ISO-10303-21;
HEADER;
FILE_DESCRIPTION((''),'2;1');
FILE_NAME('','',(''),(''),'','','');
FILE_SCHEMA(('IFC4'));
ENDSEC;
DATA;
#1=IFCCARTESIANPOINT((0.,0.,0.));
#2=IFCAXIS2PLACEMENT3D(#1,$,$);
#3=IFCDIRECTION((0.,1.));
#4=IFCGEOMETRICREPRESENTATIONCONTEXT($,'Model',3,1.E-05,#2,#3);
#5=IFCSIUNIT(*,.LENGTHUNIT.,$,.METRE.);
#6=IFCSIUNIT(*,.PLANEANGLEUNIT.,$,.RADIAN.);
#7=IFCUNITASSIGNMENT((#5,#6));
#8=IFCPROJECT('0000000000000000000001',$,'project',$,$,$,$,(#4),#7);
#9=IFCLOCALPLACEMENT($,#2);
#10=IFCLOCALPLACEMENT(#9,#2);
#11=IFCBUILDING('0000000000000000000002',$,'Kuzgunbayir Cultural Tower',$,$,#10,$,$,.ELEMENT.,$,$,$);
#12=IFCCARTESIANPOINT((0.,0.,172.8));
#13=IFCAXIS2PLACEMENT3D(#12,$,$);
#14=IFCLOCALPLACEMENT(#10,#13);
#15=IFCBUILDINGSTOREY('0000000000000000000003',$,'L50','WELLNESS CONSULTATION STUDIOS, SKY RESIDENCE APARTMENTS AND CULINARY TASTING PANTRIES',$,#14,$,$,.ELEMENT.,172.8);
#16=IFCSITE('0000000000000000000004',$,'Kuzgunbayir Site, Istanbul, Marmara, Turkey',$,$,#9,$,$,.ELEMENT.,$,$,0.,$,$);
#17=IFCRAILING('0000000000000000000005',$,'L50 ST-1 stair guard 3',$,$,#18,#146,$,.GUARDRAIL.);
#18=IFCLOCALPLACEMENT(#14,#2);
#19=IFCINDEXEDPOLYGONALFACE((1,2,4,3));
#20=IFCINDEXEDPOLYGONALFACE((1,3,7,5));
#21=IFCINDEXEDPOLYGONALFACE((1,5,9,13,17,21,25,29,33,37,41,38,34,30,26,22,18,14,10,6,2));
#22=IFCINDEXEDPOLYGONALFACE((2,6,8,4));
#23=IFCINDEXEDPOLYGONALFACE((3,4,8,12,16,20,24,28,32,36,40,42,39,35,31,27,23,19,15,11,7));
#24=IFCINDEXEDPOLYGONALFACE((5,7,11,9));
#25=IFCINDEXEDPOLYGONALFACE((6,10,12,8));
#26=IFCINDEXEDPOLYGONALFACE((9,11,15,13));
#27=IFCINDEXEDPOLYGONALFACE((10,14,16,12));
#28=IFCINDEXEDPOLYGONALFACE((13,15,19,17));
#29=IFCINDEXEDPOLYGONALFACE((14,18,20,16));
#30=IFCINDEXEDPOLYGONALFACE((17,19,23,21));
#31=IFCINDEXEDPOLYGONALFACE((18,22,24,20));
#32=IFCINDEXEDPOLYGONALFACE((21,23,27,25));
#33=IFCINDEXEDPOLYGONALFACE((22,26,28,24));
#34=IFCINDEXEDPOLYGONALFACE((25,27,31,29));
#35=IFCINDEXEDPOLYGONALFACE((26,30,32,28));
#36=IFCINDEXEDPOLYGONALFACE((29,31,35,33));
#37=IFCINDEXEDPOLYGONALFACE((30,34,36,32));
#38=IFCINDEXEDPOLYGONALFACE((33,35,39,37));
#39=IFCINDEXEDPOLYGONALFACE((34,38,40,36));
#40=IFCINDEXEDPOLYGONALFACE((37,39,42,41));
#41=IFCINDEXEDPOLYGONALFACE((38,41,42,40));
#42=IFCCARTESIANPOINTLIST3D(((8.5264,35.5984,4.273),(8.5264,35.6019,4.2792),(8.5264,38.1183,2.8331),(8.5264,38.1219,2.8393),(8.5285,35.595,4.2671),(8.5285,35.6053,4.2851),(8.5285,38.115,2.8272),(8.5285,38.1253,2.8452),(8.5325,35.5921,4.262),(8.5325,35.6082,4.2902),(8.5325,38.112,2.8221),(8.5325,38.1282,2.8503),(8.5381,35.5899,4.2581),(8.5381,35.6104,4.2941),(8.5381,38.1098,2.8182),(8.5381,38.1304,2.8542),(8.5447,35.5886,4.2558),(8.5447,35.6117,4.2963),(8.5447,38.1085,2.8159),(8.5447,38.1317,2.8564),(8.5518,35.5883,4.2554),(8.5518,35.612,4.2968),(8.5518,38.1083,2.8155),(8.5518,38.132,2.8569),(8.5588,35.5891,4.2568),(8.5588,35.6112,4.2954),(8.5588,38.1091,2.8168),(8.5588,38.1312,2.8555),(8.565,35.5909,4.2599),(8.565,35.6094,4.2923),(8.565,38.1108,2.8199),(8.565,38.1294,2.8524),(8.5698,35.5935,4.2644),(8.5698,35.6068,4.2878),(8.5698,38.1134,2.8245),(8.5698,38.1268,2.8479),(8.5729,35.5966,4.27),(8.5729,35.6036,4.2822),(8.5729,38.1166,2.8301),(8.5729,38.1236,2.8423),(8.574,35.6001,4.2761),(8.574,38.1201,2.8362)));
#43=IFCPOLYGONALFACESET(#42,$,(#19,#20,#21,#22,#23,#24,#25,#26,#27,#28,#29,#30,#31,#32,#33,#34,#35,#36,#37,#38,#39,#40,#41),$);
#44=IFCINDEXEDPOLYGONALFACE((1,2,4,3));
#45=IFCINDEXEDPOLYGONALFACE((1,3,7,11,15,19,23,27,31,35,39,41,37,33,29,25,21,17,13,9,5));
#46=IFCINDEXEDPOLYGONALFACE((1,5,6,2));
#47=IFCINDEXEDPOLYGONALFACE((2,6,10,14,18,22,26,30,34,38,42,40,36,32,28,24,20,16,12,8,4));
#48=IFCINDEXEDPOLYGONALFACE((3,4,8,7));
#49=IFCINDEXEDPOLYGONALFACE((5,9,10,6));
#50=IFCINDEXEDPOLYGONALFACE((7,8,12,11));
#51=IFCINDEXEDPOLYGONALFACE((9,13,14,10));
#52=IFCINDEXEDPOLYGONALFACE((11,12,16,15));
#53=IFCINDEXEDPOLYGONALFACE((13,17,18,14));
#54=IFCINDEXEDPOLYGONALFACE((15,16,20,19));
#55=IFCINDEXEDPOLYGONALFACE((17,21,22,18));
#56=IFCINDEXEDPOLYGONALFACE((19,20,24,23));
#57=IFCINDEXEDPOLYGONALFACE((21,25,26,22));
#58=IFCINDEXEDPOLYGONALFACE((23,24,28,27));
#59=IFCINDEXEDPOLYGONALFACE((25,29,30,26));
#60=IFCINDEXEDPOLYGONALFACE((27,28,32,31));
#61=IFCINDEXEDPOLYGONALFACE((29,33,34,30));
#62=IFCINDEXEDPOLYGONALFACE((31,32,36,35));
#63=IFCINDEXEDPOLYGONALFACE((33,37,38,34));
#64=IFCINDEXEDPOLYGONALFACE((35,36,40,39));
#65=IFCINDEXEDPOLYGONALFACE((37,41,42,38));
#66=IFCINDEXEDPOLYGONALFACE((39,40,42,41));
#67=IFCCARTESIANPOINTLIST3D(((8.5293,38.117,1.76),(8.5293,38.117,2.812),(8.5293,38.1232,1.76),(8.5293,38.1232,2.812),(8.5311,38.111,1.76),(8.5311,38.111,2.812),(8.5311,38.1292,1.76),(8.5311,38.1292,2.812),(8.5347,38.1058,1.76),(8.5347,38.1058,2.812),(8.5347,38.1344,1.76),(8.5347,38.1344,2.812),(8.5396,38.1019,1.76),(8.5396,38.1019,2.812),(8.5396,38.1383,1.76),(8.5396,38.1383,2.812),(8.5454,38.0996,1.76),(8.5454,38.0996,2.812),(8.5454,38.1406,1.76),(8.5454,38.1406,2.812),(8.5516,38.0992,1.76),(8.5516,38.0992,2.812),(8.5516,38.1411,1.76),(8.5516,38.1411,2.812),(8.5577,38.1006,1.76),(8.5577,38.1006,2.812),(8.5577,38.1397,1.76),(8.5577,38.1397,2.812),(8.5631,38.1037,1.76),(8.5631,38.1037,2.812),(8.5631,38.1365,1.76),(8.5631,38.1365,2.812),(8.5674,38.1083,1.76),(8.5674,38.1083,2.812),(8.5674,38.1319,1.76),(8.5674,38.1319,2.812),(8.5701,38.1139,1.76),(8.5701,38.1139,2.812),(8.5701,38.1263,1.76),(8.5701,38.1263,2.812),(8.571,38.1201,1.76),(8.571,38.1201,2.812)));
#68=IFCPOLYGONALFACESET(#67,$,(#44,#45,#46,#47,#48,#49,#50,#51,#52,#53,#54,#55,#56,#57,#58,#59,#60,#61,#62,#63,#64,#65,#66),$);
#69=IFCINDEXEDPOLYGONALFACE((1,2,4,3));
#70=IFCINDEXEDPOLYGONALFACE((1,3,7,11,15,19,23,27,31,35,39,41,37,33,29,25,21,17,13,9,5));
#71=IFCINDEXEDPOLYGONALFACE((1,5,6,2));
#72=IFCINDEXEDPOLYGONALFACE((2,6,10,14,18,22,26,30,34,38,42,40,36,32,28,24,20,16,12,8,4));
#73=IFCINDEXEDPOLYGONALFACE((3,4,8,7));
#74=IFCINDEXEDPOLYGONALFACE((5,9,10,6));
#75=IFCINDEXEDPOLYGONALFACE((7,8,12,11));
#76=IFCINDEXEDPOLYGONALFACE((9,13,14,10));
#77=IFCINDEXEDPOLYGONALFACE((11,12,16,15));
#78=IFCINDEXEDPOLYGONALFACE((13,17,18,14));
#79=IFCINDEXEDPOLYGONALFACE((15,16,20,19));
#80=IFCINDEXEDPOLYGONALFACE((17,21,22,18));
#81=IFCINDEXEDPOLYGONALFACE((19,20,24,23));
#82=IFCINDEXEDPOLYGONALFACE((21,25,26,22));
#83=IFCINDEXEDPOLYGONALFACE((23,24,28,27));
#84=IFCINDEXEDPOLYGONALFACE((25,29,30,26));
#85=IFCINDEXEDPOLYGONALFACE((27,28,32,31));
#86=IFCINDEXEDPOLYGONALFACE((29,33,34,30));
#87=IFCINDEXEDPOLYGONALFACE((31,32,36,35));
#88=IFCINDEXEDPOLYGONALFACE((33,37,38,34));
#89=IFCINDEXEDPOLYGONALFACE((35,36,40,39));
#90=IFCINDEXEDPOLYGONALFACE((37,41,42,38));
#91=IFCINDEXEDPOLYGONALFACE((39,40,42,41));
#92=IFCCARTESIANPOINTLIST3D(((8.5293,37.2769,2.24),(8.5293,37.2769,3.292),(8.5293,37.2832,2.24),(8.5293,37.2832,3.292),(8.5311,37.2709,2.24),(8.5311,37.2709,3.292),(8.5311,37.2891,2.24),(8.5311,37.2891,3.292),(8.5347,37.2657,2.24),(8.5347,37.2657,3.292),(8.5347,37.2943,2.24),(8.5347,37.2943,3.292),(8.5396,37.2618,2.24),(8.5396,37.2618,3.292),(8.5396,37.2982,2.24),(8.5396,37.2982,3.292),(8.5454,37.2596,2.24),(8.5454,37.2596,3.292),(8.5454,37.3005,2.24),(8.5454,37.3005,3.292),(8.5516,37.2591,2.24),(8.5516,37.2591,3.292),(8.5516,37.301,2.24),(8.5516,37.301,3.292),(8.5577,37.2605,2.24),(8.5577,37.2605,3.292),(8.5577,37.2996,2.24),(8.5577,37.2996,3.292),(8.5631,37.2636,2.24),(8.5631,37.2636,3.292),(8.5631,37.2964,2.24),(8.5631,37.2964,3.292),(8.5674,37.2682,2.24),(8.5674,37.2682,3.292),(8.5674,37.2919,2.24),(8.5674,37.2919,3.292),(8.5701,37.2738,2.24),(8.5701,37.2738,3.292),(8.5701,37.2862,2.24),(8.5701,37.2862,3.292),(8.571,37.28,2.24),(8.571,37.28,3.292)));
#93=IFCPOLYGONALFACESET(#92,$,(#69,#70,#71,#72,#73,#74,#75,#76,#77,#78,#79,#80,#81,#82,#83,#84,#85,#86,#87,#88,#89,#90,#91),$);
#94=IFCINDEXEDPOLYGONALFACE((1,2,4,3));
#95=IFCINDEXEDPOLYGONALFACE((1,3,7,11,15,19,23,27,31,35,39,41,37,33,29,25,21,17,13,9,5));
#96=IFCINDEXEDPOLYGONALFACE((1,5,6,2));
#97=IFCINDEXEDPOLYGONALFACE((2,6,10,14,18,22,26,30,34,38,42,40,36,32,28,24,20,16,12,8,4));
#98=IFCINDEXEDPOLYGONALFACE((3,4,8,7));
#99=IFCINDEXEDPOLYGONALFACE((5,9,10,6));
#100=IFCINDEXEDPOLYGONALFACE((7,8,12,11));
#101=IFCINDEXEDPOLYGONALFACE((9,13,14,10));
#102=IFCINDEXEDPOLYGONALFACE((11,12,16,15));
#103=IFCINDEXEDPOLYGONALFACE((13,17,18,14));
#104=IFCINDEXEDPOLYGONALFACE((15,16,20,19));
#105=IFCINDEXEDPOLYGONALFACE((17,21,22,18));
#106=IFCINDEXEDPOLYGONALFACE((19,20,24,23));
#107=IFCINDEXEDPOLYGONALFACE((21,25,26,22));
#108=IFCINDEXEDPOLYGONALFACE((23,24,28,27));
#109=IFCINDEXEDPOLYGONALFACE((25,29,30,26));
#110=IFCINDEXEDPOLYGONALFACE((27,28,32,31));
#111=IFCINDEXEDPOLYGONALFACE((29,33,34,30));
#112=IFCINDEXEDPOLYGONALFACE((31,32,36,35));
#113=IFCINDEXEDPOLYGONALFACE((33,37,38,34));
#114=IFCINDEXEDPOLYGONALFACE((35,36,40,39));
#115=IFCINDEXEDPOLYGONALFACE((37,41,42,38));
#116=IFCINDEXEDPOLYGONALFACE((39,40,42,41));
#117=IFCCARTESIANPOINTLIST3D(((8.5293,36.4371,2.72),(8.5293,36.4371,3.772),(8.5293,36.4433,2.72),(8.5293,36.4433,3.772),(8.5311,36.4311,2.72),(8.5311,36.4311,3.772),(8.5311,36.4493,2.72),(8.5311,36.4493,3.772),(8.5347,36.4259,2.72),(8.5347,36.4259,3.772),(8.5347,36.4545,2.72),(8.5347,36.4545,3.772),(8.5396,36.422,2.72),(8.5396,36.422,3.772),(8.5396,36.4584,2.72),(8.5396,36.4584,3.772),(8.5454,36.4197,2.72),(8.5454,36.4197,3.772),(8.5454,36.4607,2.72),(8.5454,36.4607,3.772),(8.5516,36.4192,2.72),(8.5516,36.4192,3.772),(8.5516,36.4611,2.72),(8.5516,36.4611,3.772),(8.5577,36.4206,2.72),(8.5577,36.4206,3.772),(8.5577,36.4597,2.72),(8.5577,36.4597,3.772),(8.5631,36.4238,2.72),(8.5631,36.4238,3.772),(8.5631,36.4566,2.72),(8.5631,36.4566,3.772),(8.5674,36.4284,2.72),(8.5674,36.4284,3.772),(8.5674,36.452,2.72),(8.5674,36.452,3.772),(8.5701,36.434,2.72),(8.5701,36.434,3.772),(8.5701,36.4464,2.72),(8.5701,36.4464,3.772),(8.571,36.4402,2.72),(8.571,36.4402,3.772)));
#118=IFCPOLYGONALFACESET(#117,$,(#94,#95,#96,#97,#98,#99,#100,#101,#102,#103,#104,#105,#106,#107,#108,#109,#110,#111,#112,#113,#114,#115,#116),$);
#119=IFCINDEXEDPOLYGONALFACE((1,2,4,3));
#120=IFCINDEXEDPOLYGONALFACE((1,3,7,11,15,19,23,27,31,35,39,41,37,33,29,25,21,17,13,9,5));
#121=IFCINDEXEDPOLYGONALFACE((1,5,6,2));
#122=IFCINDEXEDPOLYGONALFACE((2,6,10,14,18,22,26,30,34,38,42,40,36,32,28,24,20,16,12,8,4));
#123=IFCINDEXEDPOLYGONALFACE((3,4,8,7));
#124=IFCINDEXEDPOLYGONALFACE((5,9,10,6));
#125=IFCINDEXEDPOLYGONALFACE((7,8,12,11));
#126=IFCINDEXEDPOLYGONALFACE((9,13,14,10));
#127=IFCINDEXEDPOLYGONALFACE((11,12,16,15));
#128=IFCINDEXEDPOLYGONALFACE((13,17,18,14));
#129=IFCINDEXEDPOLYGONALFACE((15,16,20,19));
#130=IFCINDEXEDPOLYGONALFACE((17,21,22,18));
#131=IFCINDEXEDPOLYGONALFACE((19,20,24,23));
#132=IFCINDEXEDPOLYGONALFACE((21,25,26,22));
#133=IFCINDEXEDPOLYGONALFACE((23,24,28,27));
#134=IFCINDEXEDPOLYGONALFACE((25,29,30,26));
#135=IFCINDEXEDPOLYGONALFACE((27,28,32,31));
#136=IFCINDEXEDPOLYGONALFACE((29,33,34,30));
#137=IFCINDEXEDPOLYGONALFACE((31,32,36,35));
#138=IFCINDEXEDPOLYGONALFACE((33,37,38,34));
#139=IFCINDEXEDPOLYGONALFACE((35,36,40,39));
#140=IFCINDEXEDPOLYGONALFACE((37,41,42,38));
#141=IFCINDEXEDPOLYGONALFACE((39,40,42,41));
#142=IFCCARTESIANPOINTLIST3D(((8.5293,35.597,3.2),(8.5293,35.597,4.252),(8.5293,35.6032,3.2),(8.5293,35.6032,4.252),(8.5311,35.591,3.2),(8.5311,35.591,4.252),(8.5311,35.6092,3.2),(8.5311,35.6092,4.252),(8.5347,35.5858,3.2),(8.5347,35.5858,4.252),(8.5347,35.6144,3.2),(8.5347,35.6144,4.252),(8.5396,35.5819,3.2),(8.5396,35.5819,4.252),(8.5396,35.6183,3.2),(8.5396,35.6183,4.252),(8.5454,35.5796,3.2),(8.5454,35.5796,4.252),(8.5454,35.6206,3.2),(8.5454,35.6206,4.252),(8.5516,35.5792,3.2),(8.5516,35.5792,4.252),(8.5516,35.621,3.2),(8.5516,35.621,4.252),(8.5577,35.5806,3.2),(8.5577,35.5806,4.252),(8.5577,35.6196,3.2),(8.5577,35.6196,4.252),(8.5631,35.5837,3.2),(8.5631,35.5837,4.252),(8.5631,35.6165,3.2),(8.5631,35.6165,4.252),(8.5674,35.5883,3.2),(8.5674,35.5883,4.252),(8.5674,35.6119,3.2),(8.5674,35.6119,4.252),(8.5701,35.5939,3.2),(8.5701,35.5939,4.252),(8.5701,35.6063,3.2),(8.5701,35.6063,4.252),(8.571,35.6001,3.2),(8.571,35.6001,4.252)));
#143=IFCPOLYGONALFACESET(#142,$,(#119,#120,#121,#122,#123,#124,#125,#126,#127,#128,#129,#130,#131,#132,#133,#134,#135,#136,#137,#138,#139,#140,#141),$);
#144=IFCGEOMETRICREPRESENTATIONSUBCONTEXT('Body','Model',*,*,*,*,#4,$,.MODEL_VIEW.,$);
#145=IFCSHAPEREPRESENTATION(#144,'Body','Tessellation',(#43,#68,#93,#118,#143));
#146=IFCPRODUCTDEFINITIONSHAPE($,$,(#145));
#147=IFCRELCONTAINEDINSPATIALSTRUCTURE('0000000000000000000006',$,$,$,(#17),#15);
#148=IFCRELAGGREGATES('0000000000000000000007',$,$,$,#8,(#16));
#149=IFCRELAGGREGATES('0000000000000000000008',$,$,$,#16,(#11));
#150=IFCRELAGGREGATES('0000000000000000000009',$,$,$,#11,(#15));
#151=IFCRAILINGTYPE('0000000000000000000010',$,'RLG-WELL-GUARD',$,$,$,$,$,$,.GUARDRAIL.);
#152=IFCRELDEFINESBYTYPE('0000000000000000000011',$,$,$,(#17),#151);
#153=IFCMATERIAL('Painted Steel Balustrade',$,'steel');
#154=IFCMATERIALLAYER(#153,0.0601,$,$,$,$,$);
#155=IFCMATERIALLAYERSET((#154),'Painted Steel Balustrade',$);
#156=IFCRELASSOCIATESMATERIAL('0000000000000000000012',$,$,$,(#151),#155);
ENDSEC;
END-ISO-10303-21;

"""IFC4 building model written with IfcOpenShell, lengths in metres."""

from ifc_helpers import new_model, si_unit, direction, frame, origin, origin_2d, place, context, subcontext, project, spatial, circle, extrude, material, layer, layer_set, type_object, element, save


model = new_model("IFC4")

# Units and contexts
model_context = context("Model", 3, precision=1e-05, world=origin(), true_north=direction((0.0, 1.0)))
body_context = subcontext(model_context, "Body", "Model", "MODEL_VIEW")
ifc_project = project(units=[si_unit("LENGTHUNIT", "METRE"), si_unit("PLANEANGLEUNIT", "RADIAN")], contexts=[model_context])

# Site, building, storey
site_placement = place(None, origin())
site = spatial("IfcSite", under=ifc_project, at=site_placement, Name="Kuzgunbayir Site, Istanbul, Marmara, Turkey", CompositionType="ELEMENT", RefElevation=0.0)
building_placement = place(site_placement, origin())
building = spatial("IfcBuilding", under=site, at=building_placement, Name="Kuzgunbayir Cultural Tower", CompositionType="ELEMENT")
storey_placement = place(building_placement, frame((0.0, 0.0, 172.8)))
storey = spatial("IfcBuildingStorey", under=building, at=storey_placement, Name="L50", Description="WELLNESS CONSULTATION STUDIOS, SKY RESIDENCE APARTMENTS AND CULINARY TASTING PANTRIES", CompositionType="ELEMENT", Elevation=172.8)

# Railing
ifc_material_1 = material(Name="Painted Steel Balustrade", Category="steel")
ifc_layer_1 = layer(ifc_material_1, 0.0601)
ifc_layer_set_1 = layer_set([ifc_layer_1], Name="Painted Steel Balustrade")
railing_type_1 = type_object("IfcRailingType", Name="RLG-WELL-GUARD", PredefinedType="GUARDRAIL", material=ifc_layer_set_1)
railing_1_placement = place(storey_placement, frame((8.55, 38.1201, 1.76)))
element("IfcRailing", 1, at=railing_1_placement, inside=storey, type_object=railing_type_1, Name="L50 ST-1 stair guard 3", PredefinedType="GUARDRAIL", context=body_context, shape_type="SweptSolid", body=[
    extrude(circle(Radius=0.0239, at=origin_2d()), frame((0.0, 0.0, 1.0762), z_axis=(0.0, -0.868253, 0.496121), x_axis=(1.0, 0.0, 0.0)), (0.0, 0.0, 1.0), 2.9023),
    extrude(circle(Radius=0.021, at=origin_2d()), origin(), (0.0, 0.0, 1.0), 1.052),
    extrude(circle(Radius=0.021, at=origin_2d()), frame((0.0, -0.8401, 0.48)), (0.0, 0.0, 1.0), 1.052),
    extrude(circle(Radius=0.021, at=origin_2d()), frame((0.0, -1.6799, 0.96)), (0.0, 0.0, 1.0), 1.052),
    extrude(circle(Radius=0.021, at=origin_2d()), frame((0.0, -2.52, 1.4399)), (0.0, 0.0, 1.0), 1.052),
])

save(model, "model.ifc")
